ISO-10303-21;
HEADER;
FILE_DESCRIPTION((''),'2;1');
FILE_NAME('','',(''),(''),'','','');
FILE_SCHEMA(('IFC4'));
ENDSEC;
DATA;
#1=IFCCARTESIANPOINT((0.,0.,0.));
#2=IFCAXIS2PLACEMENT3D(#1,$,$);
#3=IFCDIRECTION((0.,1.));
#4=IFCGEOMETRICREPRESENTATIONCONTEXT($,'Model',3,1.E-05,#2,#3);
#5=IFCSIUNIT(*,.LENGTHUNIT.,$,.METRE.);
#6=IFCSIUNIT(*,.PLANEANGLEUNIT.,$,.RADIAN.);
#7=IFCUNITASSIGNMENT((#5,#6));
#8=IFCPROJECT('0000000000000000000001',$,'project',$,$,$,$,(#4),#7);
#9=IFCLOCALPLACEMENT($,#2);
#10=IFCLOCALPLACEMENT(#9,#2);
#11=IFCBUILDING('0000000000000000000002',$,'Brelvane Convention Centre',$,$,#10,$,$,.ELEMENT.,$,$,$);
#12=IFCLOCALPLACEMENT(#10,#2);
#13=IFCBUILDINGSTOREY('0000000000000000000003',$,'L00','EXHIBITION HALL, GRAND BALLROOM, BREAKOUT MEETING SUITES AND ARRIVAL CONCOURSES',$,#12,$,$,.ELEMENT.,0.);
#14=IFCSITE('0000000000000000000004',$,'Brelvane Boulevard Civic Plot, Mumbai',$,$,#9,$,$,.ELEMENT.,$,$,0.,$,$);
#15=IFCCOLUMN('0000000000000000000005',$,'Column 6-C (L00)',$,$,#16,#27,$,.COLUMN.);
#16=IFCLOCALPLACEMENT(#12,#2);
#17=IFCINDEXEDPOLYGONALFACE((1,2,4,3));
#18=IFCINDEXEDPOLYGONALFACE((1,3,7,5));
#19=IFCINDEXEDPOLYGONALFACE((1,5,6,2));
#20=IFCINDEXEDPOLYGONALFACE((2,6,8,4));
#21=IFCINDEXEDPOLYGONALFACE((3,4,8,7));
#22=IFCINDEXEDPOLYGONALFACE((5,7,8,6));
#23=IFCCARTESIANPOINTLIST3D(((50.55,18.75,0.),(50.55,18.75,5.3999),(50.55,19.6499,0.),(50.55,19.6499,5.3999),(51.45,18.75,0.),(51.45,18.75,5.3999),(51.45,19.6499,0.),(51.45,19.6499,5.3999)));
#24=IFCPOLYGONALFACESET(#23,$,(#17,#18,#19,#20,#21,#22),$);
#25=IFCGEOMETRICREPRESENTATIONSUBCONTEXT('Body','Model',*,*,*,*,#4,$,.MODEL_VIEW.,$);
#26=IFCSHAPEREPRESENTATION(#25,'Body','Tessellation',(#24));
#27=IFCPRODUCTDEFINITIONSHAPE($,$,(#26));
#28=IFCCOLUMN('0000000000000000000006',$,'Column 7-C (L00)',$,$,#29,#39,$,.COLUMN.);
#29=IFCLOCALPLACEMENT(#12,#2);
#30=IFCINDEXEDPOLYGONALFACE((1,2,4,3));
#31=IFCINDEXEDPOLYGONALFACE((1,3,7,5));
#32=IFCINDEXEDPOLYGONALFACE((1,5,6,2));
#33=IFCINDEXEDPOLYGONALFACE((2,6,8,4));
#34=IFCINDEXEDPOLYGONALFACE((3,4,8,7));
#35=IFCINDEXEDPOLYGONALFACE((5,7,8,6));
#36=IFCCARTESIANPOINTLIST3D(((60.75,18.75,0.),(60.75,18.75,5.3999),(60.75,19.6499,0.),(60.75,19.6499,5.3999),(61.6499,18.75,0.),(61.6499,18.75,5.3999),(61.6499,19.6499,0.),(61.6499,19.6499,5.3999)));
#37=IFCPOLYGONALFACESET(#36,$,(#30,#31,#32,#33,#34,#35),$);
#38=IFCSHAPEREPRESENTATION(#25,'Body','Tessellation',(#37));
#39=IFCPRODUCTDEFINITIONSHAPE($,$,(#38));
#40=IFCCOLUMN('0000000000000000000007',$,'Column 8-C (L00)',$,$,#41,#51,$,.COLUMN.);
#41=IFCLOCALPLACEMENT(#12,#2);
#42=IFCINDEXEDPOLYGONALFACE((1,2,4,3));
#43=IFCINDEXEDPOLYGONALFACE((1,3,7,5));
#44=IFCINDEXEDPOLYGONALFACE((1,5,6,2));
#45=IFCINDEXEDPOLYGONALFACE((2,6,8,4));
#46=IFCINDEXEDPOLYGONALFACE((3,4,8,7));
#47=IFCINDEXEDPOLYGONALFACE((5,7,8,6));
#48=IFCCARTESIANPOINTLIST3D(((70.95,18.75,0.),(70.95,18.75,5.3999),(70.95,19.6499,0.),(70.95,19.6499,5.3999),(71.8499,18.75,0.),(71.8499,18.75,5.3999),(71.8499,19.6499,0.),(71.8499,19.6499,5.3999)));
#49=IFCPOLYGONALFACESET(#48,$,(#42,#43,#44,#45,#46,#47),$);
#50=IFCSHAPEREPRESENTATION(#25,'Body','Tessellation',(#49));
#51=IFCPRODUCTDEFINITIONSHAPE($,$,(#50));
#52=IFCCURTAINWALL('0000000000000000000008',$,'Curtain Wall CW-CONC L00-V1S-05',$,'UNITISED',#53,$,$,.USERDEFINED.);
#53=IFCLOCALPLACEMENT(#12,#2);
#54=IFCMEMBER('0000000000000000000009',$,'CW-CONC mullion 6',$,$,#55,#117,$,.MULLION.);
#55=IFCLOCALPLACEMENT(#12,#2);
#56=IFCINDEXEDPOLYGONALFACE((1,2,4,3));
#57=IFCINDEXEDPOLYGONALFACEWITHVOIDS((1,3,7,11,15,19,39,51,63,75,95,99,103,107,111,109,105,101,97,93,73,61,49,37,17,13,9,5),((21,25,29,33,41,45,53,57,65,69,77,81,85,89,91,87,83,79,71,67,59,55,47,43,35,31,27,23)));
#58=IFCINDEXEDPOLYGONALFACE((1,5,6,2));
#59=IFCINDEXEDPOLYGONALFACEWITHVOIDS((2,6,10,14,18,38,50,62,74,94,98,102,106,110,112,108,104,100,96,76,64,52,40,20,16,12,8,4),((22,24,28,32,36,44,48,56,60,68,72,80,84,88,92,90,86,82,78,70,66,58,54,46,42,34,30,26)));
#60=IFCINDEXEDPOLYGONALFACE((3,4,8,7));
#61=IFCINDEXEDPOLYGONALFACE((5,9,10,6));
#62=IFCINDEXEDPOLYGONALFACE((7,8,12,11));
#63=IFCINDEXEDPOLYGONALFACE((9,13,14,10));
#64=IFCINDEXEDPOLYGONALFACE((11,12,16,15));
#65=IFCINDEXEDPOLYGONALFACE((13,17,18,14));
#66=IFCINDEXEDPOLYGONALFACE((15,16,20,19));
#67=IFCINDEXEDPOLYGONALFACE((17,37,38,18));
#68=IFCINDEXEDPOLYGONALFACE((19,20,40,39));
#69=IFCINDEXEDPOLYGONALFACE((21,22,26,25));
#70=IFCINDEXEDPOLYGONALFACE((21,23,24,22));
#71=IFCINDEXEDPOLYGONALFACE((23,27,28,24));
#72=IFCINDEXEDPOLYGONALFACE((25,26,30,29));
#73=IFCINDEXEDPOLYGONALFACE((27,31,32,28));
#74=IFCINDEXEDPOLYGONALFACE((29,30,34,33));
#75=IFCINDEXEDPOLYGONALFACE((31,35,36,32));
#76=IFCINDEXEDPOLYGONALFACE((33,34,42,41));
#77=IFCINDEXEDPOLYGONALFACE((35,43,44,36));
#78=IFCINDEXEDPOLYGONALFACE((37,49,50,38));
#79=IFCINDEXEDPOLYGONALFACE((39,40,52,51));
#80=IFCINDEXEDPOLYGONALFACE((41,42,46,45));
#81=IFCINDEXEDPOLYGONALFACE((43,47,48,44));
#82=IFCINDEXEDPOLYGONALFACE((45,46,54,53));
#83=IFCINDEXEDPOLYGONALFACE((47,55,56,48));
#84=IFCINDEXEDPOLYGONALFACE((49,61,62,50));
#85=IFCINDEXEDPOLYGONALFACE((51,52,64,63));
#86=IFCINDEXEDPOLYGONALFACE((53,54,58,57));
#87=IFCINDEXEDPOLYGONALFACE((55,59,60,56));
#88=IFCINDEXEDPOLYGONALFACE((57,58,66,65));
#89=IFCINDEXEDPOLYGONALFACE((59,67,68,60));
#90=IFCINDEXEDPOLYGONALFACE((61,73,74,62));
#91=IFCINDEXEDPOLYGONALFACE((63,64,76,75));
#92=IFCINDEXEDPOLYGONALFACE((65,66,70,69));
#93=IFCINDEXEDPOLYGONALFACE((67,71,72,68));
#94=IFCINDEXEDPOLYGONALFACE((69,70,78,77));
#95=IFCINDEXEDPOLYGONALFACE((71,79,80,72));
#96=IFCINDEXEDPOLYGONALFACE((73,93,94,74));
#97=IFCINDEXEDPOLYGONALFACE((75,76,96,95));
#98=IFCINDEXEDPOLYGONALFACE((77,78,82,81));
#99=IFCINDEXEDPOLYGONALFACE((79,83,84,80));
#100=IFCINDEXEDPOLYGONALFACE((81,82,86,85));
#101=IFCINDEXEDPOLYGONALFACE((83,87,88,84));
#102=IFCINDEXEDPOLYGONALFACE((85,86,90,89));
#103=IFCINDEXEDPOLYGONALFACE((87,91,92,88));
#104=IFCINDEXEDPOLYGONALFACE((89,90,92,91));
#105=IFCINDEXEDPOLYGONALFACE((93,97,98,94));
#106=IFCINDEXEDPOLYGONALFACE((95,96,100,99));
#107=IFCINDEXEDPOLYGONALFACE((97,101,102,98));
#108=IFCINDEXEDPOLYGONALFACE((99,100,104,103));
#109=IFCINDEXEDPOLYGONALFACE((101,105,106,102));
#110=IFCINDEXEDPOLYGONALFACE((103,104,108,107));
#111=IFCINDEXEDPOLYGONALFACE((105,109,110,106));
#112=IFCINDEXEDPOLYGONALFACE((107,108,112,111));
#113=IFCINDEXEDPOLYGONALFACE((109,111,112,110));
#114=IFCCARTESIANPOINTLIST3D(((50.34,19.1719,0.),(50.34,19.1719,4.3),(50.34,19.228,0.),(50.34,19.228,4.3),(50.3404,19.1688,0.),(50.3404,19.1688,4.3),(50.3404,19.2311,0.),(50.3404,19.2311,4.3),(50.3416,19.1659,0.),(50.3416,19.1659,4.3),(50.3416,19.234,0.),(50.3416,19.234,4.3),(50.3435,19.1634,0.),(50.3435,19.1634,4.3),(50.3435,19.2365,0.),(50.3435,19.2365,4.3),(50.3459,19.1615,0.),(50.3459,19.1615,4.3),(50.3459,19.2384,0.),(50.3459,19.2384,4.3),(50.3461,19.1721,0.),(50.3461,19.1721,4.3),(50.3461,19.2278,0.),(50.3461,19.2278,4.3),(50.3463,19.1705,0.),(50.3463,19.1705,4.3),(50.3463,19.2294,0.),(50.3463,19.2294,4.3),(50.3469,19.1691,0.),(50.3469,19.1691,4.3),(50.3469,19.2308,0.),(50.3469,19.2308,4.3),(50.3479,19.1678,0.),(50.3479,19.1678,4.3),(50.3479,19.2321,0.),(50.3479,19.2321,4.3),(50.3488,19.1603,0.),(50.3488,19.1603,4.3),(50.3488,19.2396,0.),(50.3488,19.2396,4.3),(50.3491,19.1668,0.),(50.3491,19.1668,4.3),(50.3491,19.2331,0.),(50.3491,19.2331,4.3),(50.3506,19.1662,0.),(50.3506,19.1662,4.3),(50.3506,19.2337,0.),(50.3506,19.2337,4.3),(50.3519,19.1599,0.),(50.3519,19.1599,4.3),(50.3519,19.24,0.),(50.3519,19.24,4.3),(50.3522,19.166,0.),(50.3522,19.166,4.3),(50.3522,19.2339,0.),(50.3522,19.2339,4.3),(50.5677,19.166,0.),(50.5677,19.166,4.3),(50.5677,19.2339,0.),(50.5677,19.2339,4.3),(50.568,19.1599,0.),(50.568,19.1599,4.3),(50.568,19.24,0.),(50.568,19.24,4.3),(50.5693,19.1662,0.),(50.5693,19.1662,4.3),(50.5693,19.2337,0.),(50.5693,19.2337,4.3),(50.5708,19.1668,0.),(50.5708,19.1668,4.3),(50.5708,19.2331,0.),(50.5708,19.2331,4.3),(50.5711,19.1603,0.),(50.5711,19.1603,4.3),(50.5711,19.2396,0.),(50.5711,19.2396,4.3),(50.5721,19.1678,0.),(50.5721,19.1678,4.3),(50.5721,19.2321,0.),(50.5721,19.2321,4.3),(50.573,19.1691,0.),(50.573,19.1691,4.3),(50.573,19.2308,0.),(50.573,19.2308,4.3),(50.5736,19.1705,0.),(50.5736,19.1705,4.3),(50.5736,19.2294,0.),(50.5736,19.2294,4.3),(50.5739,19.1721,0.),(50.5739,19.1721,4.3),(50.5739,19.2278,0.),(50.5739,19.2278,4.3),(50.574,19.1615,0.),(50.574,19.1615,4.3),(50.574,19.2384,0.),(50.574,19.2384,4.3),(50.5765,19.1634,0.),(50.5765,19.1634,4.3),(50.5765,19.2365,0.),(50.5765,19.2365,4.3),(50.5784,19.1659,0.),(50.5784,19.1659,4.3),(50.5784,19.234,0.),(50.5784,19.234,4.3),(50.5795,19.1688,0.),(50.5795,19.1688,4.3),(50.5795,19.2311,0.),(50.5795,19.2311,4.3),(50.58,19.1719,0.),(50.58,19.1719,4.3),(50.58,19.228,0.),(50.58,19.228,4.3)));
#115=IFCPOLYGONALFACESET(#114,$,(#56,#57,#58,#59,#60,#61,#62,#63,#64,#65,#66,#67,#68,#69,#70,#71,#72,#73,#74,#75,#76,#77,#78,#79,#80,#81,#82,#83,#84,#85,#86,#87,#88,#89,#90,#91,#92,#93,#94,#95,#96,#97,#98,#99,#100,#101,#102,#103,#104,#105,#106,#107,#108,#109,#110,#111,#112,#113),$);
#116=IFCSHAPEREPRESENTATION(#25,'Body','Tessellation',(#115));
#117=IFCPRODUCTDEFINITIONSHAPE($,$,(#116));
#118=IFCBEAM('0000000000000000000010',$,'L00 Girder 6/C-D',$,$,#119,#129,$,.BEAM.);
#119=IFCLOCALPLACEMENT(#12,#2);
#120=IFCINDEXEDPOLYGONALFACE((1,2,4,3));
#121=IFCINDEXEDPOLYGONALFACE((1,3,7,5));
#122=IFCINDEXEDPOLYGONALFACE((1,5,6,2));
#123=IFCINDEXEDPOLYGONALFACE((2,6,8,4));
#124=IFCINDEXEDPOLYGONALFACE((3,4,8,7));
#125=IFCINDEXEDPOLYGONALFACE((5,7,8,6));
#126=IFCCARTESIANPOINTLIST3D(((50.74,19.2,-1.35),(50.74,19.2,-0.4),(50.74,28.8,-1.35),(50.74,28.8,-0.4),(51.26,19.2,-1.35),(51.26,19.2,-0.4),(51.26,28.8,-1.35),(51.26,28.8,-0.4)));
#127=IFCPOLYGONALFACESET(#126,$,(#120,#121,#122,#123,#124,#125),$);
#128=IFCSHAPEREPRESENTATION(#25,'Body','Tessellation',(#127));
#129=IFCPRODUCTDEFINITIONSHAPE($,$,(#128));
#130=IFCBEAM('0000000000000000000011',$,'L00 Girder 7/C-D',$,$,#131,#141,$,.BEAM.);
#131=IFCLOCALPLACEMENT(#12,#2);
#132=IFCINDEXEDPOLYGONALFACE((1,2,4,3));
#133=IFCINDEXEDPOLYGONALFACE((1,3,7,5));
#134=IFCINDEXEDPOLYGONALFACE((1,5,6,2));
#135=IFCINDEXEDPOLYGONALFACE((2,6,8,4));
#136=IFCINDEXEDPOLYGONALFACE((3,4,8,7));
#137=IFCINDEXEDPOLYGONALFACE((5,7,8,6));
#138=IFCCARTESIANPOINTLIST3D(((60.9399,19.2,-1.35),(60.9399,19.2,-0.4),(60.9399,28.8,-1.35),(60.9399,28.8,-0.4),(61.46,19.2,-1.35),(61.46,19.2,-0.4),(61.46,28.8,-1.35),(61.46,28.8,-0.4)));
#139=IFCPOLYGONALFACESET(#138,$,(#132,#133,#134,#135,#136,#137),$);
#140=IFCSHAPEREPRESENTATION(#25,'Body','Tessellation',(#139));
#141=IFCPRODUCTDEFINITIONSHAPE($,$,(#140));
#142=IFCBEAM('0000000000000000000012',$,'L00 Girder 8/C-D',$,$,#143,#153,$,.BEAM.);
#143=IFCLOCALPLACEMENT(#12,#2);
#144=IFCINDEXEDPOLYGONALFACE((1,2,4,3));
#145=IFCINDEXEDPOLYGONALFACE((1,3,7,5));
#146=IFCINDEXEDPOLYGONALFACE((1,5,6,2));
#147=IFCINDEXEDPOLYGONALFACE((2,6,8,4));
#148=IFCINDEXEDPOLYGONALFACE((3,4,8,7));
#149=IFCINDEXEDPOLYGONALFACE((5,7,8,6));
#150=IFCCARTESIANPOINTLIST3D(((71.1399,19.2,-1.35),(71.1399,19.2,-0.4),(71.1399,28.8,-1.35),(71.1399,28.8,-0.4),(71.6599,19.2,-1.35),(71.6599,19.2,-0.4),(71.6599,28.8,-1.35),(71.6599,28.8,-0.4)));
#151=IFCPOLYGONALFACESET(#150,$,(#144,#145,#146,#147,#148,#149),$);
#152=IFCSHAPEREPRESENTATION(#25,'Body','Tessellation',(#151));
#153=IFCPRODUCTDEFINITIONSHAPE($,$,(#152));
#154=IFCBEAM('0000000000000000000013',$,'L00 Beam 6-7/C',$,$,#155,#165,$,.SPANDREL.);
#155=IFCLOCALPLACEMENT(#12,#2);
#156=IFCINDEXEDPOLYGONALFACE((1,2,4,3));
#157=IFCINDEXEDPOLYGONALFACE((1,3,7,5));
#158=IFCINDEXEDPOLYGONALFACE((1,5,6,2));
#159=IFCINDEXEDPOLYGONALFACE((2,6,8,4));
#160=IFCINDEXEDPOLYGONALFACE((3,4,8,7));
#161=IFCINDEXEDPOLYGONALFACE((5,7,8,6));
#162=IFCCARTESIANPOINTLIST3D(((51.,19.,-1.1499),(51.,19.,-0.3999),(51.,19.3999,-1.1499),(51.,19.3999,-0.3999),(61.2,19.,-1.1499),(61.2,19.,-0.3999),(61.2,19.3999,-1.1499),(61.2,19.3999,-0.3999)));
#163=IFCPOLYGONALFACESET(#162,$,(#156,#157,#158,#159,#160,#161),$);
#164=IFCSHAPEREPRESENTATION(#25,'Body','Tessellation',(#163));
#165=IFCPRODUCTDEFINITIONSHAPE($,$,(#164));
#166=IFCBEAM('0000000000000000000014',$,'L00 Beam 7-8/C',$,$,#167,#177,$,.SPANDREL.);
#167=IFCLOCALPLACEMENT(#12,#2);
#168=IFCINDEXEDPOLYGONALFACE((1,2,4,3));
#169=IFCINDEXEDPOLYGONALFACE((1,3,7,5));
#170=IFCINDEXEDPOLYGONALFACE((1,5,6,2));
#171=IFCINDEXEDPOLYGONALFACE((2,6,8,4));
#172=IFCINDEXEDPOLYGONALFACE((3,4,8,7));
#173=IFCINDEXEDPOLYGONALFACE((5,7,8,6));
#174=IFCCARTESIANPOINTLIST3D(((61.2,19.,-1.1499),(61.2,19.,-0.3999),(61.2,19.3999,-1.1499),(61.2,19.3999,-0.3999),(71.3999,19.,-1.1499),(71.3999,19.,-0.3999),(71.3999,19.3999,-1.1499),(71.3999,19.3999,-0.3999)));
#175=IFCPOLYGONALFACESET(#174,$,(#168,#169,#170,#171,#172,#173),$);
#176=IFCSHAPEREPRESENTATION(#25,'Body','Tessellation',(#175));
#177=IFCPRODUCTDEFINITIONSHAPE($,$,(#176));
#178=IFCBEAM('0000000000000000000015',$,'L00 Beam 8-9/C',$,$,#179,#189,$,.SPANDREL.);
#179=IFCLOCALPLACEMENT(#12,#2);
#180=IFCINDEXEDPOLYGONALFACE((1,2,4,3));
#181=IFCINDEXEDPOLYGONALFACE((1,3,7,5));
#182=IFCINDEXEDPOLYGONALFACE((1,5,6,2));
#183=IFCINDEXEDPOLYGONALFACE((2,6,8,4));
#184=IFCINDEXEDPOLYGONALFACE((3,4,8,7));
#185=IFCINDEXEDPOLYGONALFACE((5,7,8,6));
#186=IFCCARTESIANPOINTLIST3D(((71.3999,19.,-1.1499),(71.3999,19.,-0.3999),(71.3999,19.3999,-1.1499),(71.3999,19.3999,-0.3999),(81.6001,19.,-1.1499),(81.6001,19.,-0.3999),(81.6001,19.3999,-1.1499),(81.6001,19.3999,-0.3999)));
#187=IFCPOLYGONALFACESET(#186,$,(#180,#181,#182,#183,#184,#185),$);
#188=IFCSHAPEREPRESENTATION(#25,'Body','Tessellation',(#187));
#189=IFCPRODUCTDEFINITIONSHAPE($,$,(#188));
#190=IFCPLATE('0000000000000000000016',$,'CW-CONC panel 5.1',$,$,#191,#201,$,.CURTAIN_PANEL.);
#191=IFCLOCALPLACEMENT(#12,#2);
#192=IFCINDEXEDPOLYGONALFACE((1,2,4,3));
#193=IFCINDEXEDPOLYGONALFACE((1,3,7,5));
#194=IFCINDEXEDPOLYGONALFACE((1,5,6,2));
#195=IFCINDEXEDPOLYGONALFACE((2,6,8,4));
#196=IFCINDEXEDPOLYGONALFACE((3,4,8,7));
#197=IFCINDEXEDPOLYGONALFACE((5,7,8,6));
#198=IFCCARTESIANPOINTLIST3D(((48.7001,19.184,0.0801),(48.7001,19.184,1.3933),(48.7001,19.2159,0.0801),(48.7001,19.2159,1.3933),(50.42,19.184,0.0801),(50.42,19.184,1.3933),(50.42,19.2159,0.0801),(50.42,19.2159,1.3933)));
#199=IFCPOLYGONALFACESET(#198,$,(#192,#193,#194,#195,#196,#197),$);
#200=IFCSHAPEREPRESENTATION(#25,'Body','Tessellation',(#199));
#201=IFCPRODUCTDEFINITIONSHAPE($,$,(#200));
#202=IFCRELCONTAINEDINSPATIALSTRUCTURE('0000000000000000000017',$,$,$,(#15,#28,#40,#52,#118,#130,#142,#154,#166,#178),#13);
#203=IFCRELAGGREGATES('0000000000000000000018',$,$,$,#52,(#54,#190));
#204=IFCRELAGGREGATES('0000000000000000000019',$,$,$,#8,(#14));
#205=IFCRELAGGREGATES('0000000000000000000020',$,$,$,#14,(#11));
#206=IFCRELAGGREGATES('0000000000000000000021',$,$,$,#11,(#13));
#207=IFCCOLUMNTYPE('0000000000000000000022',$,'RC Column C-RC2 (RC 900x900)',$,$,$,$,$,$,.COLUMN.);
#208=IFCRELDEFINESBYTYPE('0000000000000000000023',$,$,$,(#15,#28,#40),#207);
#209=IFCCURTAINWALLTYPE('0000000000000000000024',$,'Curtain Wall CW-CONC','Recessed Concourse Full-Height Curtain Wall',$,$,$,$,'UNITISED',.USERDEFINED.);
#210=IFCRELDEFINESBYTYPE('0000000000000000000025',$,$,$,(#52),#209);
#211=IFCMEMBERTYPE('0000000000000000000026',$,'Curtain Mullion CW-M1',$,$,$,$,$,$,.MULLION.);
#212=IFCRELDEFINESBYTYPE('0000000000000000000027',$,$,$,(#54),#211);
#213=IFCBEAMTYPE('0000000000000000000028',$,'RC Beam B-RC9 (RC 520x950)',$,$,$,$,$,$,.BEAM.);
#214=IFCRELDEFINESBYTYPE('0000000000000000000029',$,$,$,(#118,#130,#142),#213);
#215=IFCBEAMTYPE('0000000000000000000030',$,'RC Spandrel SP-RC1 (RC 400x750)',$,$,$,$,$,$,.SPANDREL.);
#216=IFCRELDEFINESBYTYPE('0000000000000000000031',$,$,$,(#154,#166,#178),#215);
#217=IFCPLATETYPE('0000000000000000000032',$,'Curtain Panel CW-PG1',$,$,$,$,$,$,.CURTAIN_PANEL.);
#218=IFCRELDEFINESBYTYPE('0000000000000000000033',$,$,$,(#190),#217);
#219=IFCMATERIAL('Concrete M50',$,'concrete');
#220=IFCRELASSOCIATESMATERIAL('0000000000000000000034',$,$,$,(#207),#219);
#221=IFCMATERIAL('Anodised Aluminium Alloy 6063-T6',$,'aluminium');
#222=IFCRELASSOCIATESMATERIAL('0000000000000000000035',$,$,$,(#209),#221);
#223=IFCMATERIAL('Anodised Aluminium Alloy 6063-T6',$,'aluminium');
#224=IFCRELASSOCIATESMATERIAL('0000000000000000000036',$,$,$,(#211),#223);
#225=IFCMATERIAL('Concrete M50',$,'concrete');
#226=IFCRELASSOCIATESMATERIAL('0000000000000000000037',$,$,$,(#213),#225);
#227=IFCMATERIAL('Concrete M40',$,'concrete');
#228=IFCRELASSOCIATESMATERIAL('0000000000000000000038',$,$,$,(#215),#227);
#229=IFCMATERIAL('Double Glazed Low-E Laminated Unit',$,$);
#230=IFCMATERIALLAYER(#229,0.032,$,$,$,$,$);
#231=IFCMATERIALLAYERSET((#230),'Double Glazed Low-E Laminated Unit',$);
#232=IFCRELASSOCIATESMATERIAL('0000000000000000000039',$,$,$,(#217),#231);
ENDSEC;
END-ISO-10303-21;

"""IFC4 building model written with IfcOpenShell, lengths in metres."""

from ifc_helpers import new_model, si_unit, direction, frame, origin, origin_2d, place, context, subcontext, project, spatial, rectangle, hollow_rectangle, extrude, material, layer, layer_set, material_profile, profile_set, type_object, element, aggregate, save


model = new_model("IFC4")

# Units and contexts
model_context = context("Model", 3, precision=1e-05, world=origin(), true_north=direction((0.0, 1.0)))
body_context = subcontext(model_context, "Body", "Model", "MODEL_VIEW")
ifc_project = project(units=[si_unit("LENGTHUNIT", "METRE"), si_unit("PLANEANGLEUNIT", "RADIAN")], contexts=[model_context])

# Site, building, storey
site_placement = place(None, origin())
site = spatial("IfcSite", under=ifc_project, at=site_placement, Name="Brelvane Boulevard Civic Plot, Mumbai", CompositionType="ELEMENT", RefElevation=0.0)
building_placement = place(site_placement, origin())
building = spatial("IfcBuilding", under=site, at=building_placement, Name="Brelvane Convention Centre", CompositionType="ELEMENT")
storey_placement = place(building_placement, origin())
storey = spatial("IfcBuildingStorey", under=building, at=storey_placement, Name="L00", Description="EXHIBITION HALL, GRAND BALLROOM, BREAKOUT MEETING SUITES AND ARRIVAL CONCOURSES", CompositionType="ELEMENT", Elevation=0.0)

# Columns
ifc_material_1 = material(Name="Concrete M50", Category="concrete")
ifc_material_profile_1 = material_profile(ifc_material_1, rectangle(XDim=0.8999, YDim=0.8999, at=origin_2d()), Name="RC 900x900")
ifc_profile_set_1 = profile_set([ifc_material_profile_1], Name="Concrete M50")
column_type = type_object("IfcColumnType", Name="RC Column C-RC2 (RC 900x900)", PredefinedType="COLUMN", material=ifc_profile_set_1)
for number, where, z_axis, x_axis, name in (
    (1, (51.0, 19.2, 0.0), (0.0, 0.0, 1.0), (1.0, 0.0, 0.0), "Column 6-C (L00)"),
    (2, (61.2, 19.2, 0.0), (0.0, 0.0, 1.0), (1.0, 0.0, 0.0), "Column 7-C (L00)"),
    (3, (71.3999, 19.2, 0.0), (0.0, 0.0, 1.0), (1.0, 0.0, 0.0), "Column 8-C (L00)"),
):
    element("IfcColumn", number, at=place(storey_placement, frame(where, z_axis=z_axis, x_axis=x_axis)), inside=storey, type_object=column_type, Name=name, PredefinedType="COLUMN", context=body_context, shape_type="SweptSolid", body=[
        extrude(rectangle(XDim=0.8999, YDim=0.8999, at=origin_2d()), origin(), (0.0, 0.0, 1.0), 5.3999),
    ])

# Curtain wall, member
ifc_material_2 = material(Name="Anodised Aluminium Alloy 6063-T6", Category="aluminium")
curtain_wall_type = type_object("IfcCurtainWallType", Name="Curtain Wall CW-CONC", Description="Recessed Concourse Full-Height Curtain Wall", ElementType="UNITISED", PredefinedType="USERDEFINED", material=ifc_material_2)
curtain_wall_placement = place(storey_placement, origin())
curtain_wall = element("IfcCurtainWall", 4, at=curtain_wall_placement, inside=storey, type_object=curtain_wall_type, Name="Curtain Wall CW-CONC L00-V1S-05", ObjectType="UNITISED", PredefinedType="USERDEFINED")
ifc_material_3 = material(Name="Anodised Aluminium Alloy 6063-T6", Category="aluminium")
ifc_material_profile_2 = material_profile(ifc_material_3, hollow_rectangle(XDim=0.0801, YDim=0.24, WallThickness=0.0061, InnerFilletRadius=0.0061, OuterFilletRadius=0.012, at=origin_2d()), Name="ALU-M 240x80x6.0")
ifc_profile_set_2 = profile_set([ifc_material_profile_2], Name="Anodised Aluminium Alloy 6063-T6")
member_type = type_object("IfcMemberType", Name="Curtain Mullion CW-M1", PredefinedType="MULLION", material=ifc_profile_set_2)
member_placement = place(storey_placement, frame((50.46, 19.2, 0.0), z_axis=(0.0, 0.0, 1.0), x_axis=(0.0, 1.0, 0.0)))
member = element("IfcMember", 5, at=member_placement, type_object=member_type, Name="CW-CONC mullion 6", PredefinedType="MULLION", context=body_context, shape_type="SweptSolid", body=[
    extrude(hollow_rectangle(XDim=0.0801, YDim=0.24, WallThickness=0.0061, InnerFilletRadius=0.0061, OuterFilletRadius=0.012, at=origin_2d()), origin(), (0.0, 0.0, 1.0), 4.3),
])

# Beams
ifc_material_4 = material(Name="Concrete M50", Category="concrete")
ifc_material_profile_3 = material_profile(ifc_material_4, rectangle(XDim=0.52, YDim=0.95, at=origin_2d()), Name="RC 520x950")
ifc_profile_set_3 = profile_set([ifc_material_profile_3], Name="Concrete M50")
beam_type_1 = type_object("IfcBeamType", Name="RC Beam B-RC9 (RC 520x950)", PredefinedType="BEAM", material=ifc_profile_set_3)
for number, where, z_axis, x_axis, name in (
    (6, (51.0, 19.2, -0.875), (0.0, 1.0, 0.0), (-1.0, 0.0, 0.0), "L00 Girder 6/C-D"),
    (7, (61.2, 19.2, -0.875), (0.0, 1.0, 0.0), (-1.0, 0.0, 0.0), "L00 Girder 7/C-D"),
    (8, (71.3999, 19.2, -0.875), (0.0, 1.0, 0.0), (-1.0, 0.0, 0.0), "L00 Girder 8/C-D"),
):
    element("IfcBeam", number, at=place(storey_placement, frame(where, z_axis=z_axis, x_axis=x_axis)), inside=storey, type_object=beam_type_1, Name=name, PredefinedType="BEAM", context=body_context, shape_type="SweptSolid", body=[
        extrude(rectangle(XDim=0.52, YDim=0.95, at=origin_2d()), origin(), (0.0, 0.0, 1.0), 9.6001),
    ])
ifc_material_5 = material(Name="Concrete M40", Category="concrete")
ifc_material_profile_4 = material_profile(ifc_material_5, rectangle(XDim=0.3999, YDim=0.75, at=origin_2d()), Name="RC 400x750")
ifc_profile_set_4 = profile_set([ifc_material_profile_4], Name="Concrete M40")
beam_type_2 = type_object("IfcBeamType", Name="RC Spandrel SP-RC1 (RC 400x750)", PredefinedType="SPANDREL", material=ifc_profile_set_4)
for number, where, z_axis, x_axis, name in (
    (9, (51.0, 19.2, -0.7749), (1.0, 0.0, 0.0), (0.0, 1.0, 0.0), "L00 Beam 6-7/C"),
    (10, (61.2, 19.2, -0.7749), (1.0, 0.0, 0.0), (0.0, 1.0, 0.0), "L00 Beam 7-8/C"),
):
    element("IfcBeam", number, at=place(storey_placement, frame(where, z_axis=z_axis, x_axis=x_axis)), inside=storey, type_object=beam_type_2, Name=name, PredefinedType="SPANDREL", context=body_context, shape_type="SweptSolid", body=[
        extrude(rectangle(XDim=0.3999, YDim=0.75, at=origin_2d()), origin(), (0.0, 0.0, 1.0), 10.2),
    ])
beam_placement = place(storey_placement, frame((71.3999, 19.2, -0.7749), z_axis=(1.0, 0.0, 0.0), x_axis=(0.0, 1.0, 0.0)))
element("IfcBeam", 11, at=beam_placement, inside=storey, type_object=beam_type_2, Name="L00 Beam 8-9/C", PredefinedType="SPANDREL", context=body_context, shape_type="SweptSolid", body=[
    extrude(rectangle(XDim=0.3999, YDim=0.75, at=origin_2d()), origin(), (0.0, 0.0, 1.0), 10.2002),
])

# Plate
ifc_material_6 = material(Name="Double Glazed Low-E Laminated Unit")
ifc_layer_1 = layer(ifc_material_6, 0.032)
ifc_layer_set_1 = layer_set([ifc_layer_1], Name="Double Glazed Low-E Laminated Unit")
plate_type = type_object("IfcPlateType", Name="Curtain Panel CW-PG1", PredefinedType="CURTAIN_PANEL", material=ifc_layer_set_1)
plate_1_placement = place(storey_placement, frame((49.5601, 19.2, 0.0801), z_axis=(0.0, 0.0, 1.0), x_axis=(1.0, 0.0, 0.0)))
plate_1 = element("IfcPlate", 12, at=plate_1_placement, type_object=plate_type, Name="CW-CONC panel 5.1", PredefinedType="CURTAIN_PANEL", context=body_context, shape_type="SweptSolid", body=[
    extrude(rectangle(XDim=1.72, YDim=0.032, at=origin_2d()), origin(), (0.0, 0.0, 1.0), 1.3132),
])
aggregate(curtain_wall, [member, plate_1])

save(model, "model.ifc")
